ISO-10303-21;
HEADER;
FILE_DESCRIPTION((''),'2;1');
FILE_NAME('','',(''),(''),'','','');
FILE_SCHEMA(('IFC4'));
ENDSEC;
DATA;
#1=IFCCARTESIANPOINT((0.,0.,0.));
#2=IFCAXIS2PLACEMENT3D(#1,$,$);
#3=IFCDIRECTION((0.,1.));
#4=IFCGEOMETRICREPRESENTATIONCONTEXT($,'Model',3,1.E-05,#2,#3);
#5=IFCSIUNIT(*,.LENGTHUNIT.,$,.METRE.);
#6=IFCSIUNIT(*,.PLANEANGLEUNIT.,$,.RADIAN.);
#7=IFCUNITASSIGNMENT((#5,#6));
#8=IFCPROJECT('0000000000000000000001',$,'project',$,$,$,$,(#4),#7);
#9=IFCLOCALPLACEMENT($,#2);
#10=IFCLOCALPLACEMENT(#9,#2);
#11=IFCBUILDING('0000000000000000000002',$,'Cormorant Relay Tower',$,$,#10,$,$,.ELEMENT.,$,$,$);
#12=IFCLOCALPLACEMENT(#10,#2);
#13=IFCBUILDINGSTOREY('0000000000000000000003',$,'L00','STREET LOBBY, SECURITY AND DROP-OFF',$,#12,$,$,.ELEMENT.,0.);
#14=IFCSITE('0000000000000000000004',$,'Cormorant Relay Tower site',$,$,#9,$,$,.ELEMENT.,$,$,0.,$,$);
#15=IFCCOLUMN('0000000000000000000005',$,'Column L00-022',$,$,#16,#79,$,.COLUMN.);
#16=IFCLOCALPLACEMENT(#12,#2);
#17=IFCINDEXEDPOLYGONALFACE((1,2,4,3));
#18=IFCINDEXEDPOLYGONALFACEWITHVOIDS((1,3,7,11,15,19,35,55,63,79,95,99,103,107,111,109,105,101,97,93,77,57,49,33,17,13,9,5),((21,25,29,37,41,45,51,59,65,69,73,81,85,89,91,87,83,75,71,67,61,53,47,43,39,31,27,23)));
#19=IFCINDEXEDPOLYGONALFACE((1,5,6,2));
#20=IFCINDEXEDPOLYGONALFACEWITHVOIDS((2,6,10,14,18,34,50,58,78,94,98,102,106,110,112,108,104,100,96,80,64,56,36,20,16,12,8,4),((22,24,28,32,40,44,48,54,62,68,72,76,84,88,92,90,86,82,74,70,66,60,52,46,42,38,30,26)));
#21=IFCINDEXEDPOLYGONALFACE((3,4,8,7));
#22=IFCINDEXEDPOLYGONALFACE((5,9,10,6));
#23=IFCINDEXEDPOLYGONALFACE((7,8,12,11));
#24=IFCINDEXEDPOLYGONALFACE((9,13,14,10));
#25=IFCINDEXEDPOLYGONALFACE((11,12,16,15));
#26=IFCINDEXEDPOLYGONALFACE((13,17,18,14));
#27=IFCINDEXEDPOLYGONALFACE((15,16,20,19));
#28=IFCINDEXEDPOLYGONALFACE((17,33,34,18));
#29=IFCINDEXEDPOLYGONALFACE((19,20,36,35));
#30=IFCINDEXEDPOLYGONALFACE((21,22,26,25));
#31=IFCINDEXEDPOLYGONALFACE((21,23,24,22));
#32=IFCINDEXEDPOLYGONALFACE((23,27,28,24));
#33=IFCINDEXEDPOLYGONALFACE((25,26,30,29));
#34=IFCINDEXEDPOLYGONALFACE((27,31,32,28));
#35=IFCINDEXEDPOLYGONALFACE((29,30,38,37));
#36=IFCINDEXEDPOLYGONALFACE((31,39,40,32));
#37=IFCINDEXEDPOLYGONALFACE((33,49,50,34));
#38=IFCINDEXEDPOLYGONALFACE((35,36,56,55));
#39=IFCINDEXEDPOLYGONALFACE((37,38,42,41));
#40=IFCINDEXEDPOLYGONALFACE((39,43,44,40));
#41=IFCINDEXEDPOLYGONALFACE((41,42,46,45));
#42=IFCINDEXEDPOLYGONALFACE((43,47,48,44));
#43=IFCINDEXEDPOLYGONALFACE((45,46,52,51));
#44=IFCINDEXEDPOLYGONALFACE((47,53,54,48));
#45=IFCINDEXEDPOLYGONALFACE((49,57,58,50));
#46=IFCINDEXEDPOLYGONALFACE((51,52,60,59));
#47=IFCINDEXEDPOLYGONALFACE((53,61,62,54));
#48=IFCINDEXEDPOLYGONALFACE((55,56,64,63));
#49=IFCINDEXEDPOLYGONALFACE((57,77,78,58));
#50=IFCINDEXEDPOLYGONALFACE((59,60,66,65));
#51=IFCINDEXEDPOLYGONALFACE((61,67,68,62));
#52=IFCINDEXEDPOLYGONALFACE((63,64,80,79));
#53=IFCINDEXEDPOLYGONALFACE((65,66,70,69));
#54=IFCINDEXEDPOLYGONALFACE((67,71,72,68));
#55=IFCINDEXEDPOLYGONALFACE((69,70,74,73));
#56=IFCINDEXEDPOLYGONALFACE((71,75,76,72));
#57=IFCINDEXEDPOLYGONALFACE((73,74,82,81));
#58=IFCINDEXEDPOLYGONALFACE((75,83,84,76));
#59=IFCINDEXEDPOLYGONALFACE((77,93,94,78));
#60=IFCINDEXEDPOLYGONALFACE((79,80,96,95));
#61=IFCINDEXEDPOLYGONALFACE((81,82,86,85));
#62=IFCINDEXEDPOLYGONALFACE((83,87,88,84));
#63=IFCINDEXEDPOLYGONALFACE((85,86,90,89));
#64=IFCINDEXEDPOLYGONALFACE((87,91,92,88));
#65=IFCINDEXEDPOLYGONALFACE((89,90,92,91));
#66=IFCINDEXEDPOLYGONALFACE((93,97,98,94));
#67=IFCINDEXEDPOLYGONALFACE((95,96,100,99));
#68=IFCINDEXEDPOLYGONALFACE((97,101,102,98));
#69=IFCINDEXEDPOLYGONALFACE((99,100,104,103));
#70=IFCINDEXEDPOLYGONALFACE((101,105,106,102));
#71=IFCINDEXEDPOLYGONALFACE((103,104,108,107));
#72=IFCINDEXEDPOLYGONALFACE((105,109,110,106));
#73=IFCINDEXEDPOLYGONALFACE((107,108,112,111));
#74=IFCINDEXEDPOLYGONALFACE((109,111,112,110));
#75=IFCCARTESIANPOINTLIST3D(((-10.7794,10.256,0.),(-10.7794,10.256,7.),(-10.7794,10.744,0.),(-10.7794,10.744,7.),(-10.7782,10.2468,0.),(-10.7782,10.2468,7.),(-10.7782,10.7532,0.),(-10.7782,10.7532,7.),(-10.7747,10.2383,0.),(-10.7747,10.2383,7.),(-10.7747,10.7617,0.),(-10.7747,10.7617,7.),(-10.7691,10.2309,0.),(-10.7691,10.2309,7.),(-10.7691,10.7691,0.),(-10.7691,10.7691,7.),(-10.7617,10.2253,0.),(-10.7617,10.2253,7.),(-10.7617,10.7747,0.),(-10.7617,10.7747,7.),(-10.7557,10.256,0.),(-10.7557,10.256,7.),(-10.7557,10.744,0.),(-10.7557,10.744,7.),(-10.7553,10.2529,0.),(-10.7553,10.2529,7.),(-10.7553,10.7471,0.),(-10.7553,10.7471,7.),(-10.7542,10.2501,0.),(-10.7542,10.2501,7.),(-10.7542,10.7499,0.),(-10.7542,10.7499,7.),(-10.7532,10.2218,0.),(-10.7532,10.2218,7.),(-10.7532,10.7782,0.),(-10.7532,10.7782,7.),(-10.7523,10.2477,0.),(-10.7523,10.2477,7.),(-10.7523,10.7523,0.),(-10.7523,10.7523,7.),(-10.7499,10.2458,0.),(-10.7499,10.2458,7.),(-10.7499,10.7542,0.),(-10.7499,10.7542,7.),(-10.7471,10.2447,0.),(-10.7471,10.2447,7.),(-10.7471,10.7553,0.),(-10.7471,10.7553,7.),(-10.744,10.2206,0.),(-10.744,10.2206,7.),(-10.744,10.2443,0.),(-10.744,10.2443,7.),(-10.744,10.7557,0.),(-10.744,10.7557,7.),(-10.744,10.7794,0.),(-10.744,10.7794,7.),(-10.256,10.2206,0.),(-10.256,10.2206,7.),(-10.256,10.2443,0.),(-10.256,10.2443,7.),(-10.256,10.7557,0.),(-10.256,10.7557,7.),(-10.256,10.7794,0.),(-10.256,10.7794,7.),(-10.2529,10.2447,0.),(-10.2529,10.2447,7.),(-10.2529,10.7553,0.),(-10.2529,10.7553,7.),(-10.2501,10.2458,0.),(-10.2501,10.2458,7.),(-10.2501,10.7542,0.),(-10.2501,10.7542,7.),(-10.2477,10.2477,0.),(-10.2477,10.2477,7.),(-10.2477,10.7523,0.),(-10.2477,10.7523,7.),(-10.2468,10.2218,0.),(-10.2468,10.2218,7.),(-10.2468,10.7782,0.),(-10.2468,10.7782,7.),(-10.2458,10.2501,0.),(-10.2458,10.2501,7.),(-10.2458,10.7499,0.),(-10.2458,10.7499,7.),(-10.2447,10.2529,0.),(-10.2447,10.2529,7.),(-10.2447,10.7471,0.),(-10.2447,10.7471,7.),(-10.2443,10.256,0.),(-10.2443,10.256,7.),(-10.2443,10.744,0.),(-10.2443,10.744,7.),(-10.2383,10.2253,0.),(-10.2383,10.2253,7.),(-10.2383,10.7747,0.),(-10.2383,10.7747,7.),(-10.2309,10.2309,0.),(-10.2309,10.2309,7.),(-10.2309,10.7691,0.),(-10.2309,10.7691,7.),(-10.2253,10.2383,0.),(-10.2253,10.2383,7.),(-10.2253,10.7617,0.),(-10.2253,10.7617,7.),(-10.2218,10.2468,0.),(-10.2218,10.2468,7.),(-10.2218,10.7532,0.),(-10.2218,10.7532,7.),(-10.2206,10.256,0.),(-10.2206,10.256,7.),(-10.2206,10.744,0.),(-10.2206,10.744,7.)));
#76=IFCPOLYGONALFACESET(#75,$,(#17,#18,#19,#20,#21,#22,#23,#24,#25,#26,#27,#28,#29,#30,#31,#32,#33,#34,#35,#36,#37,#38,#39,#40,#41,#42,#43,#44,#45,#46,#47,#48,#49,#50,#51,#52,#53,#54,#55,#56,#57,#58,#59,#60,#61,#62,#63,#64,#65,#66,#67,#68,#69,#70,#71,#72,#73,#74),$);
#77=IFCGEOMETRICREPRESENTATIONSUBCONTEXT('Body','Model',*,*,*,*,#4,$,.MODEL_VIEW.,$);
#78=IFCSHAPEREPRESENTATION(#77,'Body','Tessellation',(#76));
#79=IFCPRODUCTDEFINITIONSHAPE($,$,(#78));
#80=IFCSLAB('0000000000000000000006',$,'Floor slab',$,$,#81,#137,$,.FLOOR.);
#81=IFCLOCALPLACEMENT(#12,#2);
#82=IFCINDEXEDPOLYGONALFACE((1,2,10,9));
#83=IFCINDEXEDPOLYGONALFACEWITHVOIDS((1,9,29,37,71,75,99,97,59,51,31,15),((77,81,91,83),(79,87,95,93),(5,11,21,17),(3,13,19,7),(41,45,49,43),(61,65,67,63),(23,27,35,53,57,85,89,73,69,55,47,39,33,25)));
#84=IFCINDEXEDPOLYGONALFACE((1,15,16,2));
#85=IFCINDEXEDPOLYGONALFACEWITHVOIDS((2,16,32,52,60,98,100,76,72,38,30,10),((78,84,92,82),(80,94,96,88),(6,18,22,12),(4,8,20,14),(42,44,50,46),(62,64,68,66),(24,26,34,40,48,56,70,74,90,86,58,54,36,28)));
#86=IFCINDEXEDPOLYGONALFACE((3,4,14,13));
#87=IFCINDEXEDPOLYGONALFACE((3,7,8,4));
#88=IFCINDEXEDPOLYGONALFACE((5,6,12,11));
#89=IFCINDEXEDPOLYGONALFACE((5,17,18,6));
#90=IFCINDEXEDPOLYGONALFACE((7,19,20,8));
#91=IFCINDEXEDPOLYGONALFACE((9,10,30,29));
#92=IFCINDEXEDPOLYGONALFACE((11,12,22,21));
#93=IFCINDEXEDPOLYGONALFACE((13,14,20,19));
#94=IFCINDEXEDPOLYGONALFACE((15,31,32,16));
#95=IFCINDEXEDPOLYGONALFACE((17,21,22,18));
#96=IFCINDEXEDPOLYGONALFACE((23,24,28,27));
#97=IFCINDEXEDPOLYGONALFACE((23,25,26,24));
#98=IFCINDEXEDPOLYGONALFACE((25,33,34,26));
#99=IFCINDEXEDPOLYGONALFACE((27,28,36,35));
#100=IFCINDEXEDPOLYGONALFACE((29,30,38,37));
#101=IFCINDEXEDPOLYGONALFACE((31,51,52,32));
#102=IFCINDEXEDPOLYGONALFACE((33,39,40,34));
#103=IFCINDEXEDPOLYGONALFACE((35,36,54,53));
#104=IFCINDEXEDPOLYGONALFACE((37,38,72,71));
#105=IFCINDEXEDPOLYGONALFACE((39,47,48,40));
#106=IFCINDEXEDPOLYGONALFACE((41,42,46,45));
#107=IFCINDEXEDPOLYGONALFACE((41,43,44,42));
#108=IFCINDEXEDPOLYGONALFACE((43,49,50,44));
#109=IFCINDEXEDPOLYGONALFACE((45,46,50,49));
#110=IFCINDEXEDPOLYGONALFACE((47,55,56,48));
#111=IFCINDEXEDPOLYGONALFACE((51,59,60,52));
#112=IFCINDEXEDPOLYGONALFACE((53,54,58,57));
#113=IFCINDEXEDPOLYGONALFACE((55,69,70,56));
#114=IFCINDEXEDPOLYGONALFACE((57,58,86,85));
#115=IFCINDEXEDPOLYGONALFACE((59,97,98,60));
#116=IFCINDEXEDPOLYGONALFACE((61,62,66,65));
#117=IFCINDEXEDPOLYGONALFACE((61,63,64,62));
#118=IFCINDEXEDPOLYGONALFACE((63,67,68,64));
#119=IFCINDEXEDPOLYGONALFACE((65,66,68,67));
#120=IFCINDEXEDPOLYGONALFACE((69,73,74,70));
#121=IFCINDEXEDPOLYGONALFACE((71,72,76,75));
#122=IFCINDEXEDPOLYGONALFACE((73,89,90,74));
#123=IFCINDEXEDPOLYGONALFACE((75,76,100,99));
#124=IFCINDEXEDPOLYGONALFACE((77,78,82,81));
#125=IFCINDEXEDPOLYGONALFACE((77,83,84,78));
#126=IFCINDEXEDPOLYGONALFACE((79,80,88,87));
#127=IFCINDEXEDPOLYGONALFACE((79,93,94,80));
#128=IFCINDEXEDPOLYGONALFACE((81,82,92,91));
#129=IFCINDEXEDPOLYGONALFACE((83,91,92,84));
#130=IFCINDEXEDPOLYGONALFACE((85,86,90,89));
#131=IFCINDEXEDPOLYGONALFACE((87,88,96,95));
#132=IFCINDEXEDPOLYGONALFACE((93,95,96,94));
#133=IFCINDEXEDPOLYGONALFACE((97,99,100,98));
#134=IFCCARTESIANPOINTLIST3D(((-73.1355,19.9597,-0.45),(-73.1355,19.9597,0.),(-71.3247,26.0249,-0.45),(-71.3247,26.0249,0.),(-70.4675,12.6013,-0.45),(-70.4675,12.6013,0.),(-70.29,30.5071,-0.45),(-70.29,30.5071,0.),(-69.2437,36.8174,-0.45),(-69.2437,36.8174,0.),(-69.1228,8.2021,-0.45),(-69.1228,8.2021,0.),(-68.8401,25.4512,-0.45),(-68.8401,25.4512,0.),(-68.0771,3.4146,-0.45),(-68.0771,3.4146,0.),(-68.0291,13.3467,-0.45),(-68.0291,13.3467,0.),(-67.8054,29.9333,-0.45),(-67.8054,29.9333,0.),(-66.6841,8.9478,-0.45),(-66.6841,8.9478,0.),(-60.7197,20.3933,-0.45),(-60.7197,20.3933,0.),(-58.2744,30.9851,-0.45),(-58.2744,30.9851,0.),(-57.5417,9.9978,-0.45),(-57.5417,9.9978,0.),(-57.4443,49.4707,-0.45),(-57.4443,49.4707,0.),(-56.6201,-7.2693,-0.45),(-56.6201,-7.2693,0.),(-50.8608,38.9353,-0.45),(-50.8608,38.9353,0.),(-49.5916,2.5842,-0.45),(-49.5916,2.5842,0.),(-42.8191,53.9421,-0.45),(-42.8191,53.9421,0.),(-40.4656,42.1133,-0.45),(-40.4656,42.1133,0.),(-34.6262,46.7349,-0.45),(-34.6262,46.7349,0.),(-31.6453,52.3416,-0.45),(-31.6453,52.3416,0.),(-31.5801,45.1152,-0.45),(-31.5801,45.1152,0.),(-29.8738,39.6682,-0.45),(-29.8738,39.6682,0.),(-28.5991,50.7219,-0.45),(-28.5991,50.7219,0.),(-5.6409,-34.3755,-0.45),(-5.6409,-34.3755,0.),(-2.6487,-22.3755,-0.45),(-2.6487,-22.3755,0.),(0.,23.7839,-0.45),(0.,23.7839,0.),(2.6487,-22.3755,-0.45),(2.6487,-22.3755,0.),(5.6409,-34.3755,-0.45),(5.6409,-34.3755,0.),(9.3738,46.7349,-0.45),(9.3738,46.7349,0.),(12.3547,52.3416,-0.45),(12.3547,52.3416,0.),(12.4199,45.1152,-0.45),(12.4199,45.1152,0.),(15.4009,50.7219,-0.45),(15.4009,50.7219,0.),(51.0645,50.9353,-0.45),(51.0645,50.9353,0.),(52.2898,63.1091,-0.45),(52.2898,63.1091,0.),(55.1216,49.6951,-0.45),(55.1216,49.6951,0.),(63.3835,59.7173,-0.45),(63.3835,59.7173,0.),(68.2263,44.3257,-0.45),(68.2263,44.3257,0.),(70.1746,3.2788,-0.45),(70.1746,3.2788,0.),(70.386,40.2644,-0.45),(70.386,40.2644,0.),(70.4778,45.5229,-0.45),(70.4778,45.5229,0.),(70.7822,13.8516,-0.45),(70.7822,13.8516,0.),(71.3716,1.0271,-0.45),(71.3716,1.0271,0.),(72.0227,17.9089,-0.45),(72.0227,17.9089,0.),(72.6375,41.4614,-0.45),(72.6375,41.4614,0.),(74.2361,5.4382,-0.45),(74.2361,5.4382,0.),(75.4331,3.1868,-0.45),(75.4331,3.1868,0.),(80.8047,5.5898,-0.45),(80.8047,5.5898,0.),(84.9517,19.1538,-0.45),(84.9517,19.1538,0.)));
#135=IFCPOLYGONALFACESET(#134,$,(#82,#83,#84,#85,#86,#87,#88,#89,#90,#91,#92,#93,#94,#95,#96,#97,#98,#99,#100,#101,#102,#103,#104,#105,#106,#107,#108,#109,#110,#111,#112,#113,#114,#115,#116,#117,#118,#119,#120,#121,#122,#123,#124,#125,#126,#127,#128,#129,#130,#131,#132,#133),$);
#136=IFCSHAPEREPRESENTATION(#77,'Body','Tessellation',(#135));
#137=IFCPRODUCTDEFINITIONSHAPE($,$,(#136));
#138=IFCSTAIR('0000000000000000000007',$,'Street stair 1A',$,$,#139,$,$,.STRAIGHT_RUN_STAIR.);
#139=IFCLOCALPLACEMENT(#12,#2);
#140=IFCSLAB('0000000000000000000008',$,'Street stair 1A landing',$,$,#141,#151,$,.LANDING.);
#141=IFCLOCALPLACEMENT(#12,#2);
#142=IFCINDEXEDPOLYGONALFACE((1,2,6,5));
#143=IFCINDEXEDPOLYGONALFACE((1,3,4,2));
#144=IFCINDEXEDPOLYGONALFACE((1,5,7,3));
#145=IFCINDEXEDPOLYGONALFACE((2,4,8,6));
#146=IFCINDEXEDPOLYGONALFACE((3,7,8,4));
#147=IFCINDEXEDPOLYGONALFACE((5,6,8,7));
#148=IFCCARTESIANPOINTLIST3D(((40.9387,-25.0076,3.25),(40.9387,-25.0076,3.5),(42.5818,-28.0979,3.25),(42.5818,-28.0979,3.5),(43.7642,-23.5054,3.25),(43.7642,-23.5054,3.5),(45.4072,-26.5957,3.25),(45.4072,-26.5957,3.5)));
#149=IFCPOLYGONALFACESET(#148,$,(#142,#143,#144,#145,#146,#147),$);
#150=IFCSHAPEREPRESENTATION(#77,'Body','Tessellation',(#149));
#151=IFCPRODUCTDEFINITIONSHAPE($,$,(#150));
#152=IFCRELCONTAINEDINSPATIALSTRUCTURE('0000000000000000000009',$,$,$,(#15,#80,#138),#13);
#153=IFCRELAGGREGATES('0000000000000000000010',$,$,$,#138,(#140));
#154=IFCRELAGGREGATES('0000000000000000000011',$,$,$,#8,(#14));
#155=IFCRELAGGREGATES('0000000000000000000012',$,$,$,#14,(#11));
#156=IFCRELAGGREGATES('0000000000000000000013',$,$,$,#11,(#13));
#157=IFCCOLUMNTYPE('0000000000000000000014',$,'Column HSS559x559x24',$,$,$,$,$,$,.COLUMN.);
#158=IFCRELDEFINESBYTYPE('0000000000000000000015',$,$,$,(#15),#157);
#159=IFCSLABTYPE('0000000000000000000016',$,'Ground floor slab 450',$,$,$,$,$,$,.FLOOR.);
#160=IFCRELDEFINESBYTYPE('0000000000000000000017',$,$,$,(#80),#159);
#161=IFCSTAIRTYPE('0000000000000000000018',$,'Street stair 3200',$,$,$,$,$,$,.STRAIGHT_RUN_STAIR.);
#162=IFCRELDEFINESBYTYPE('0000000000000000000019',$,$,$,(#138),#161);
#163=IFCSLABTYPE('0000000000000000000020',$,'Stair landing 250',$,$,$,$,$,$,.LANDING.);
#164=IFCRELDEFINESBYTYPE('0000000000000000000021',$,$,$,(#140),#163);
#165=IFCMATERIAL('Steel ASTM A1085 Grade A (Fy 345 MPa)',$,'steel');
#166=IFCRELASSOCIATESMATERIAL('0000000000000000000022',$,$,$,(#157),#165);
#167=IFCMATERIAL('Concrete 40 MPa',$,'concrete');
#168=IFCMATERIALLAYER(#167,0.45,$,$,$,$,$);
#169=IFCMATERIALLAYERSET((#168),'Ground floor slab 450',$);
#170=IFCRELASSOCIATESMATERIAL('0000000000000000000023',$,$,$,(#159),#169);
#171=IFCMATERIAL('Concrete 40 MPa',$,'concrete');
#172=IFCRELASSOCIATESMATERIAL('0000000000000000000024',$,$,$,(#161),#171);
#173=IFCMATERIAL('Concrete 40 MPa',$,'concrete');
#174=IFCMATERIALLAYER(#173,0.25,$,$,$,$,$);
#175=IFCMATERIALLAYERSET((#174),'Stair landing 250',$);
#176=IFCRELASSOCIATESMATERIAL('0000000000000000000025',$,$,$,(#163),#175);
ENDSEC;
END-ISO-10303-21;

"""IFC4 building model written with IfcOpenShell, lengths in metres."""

from ifc_helpers import new_model, si_unit, direction, frame, origin, origin_2d, place, context, subcontext, project, spatial, polyline, hollow_rectangle, outline, extrude, material, layer, layer_set, material_profile, profile_set, type_object, element, aggregate, save


model = new_model("IFC4")

# Units and contexts
model_context = context("Model", 3, precision=1e-05, world=origin(), true_north=direction((0.0, 1.0)))
body_context = subcontext(model_context, "Body", "Model", "MODEL_VIEW")
ifc_project = project(units=[si_unit("LENGTHUNIT", "METRE"), si_unit("PLANEANGLEUNIT", "RADIAN")], contexts=[model_context])

# Site, building, storey
site_placement = place(None, origin())
site = spatial("IfcSite", under=ifc_project, at=site_placement, Name="Cormorant Relay Tower site", CompositionType="ELEMENT", RefElevation=0.0)
building_placement = place(site_placement, origin())
building = spatial("IfcBuilding", under=site, at=building_placement, Name="Cormorant Relay Tower", CompositionType="ELEMENT")
storey_placement = place(building_placement, origin())
storey = spatial("IfcBuildingStorey", under=building, at=storey_placement, Name="L00", Description="STREET LOBBY, SECURITY AND DROP-OFF", CompositionType="ELEMENT", Elevation=0.0)

# Column
ifc_material_1 = material(Name="Steel ASTM A1085 Grade A (Fy 345 MPa)", Category="steel")
ifc_material_profile = material_profile(ifc_material_1, hollow_rectangle(XDim=0.5588, YDim=0.5588, WallThickness=0.0237, InnerFilletRadius=0.0117, OuterFilletRadius=0.0354, at=origin_2d()), Name="HSS559x559x24")
ifc_profile_set = profile_set([ifc_material_profile], Name="Steel ASTM A1085 Grade A (Fy 345 MPa)")
column_type = type_object("IfcColumnType", Name="Column HSS559x559x24", PredefinedType="COLUMN", material=ifc_profile_set)
column_placement = place(storey_placement, frame((-10.5, 10.5, 0.0), z_axis=(0.0, 0.0, 1.0), x_axis=(1.0, 0.0, 0.0)))
element("IfcColumn", 1, at=column_placement, inside=storey, type_object=column_type, Name="Column L00-022", PredefinedType="COLUMN", context=body_context, shape_type="SweptSolid", body=[
    extrude(hollow_rectangle(XDim=0.5588, YDim=0.5588, WallThickness=0.0237, InnerFilletRadius=0.0117, OuterFilletRadius=0.0354, at=origin_2d()), origin(), (0.0, 0.0, 1.0), 7.0),
])

# Slab
ifc_material_2 = material(Name="Concrete 40 MPa", Category="concrete")
ifc_layer_1 = layer(ifc_material_2, 0.45)
ifc_layer_set_1 = layer_set([ifc_layer_1], Name="Ground floor slab 450")
slab_type_1 = type_object("IfcSlabType", Name="Ground floor slab 450", PredefinedType="FLOOR", material=ifc_layer_set_1)
slab_1_placement = place(storey_placement, frame((0.0, 0.0, -0.45)))
element("IfcSlab", 2, at=slab_1_placement, inside=storey, type_object=slab_type_1, Name="Floor slab", PredefinedType="FLOOR", context=body_context, shape_type="SweptSolid", body=[
    extrude(outline(polyline([(-5.6409, -34.3755), (5.6409, -34.3755), (80.8047, 5.5898), (84.9517, 19.1538), (63.3835, 59.7173), (52.2898, 63.1091), (-42.8191, 53.9421), (-57.4443, 49.4707), (-69.2437, 36.8174), (-73.1355, 19.9597), (-68.0771, 3.4146), (-56.6201, -7.2693), (-5.6409, -34.3755)]), holes=[polyline([(2.6487, -22.3755), (70.7822, 13.8516), (72.0227, 17.9089), (55.1216, 49.6951), (51.0645, 50.9353), (0.0, 23.7839), (-29.8738, 39.6682), (-40.4656, 42.1133), (-50.8608, 38.9353), (-58.2744, 30.9851), (-60.7197, 20.3933), (-57.5417, 9.9978), (-49.5916, 2.5842), (-2.6487, -22.3755), (2.6487, -22.3755)]), polyline([(74.2361, 5.4382), (70.1746, 3.2788), (71.3716, 1.0271), (75.4331, 3.1868), (74.2361, 5.4382)]), polyline([(-66.6841, 8.9478), (-68.0291, 13.3467), (-70.4675, 12.6013), (-69.1228, 8.2021), (-66.6841, 8.9478)]), polyline([(-68.8401, 25.4512), (-67.8054, 29.9333), (-70.29, 30.5071), (-71.3247, 26.0249), (-68.8401, 25.4512)]), polyline([(68.2263, 44.3257), (70.386, 40.2644), (72.6375, 41.4614), (70.4778, 45.5229), (68.2263, 44.3257)]), polyline([(-31.6453, 52.3416), (-34.6262, 46.7349), (-31.5801, 45.1152), (-28.5991, 50.7219), (-31.6453, 52.3416)]), polyline([(12.3547, 52.3416), (9.3738, 46.7349), (12.4199, 45.1152), (15.4009, 50.7219), (12.3547, 52.3416)])]), origin(), (0.0, 0.0, 1.0), 0.45),
])

# Stair, slab
ifc_material_3 = material(Name="Concrete 40 MPa", Category="concrete")
stair_type = type_object("IfcStairType", Name="Street stair 3200", PredefinedType="STRAIGHT_RUN_STAIR", material=ifc_material_3)
stair_placement = place(storey_placement, origin())
stair = element("IfcStair", 3, at=stair_placement, inside=storey, type_object=stair_type, Name="Street stair 1A", PredefinedType="STRAIGHT_RUN_STAIR")
ifc_material_4 = material(Name="Concrete 40 MPa", Category="concrete")
ifc_layer_2 = layer(ifc_material_4, 0.25)
ifc_layer_set_2 = layer_set([ifc_layer_2], Name="Stair landing 250")
slab_type_2 = type_object("IfcSlabType", Name="Stair landing 250", PredefinedType="LANDING", material=ifc_layer_set_2)
slab_2_placement = place(storey_placement, frame((0.0, 0.0, 3.25)))
slab_2 = element("IfcSlab", 4, at=slab_2_placement, type_object=slab_type_2, Name="Street stair 1A landing", PredefinedType="LANDING", context=body_context, shape_type="SweptSolid", body=[
    extrude(outline(polyline([(40.9387, -25.0076), (42.5818, -28.0979), (45.4072, -26.5957), (43.7642, -23.5054), (40.9387, -25.0076)])), origin(), (0.0, 0.0, 1.0), 0.25),
])
aggregate(stair, [slab_2])

save(model, "model.ifc")
